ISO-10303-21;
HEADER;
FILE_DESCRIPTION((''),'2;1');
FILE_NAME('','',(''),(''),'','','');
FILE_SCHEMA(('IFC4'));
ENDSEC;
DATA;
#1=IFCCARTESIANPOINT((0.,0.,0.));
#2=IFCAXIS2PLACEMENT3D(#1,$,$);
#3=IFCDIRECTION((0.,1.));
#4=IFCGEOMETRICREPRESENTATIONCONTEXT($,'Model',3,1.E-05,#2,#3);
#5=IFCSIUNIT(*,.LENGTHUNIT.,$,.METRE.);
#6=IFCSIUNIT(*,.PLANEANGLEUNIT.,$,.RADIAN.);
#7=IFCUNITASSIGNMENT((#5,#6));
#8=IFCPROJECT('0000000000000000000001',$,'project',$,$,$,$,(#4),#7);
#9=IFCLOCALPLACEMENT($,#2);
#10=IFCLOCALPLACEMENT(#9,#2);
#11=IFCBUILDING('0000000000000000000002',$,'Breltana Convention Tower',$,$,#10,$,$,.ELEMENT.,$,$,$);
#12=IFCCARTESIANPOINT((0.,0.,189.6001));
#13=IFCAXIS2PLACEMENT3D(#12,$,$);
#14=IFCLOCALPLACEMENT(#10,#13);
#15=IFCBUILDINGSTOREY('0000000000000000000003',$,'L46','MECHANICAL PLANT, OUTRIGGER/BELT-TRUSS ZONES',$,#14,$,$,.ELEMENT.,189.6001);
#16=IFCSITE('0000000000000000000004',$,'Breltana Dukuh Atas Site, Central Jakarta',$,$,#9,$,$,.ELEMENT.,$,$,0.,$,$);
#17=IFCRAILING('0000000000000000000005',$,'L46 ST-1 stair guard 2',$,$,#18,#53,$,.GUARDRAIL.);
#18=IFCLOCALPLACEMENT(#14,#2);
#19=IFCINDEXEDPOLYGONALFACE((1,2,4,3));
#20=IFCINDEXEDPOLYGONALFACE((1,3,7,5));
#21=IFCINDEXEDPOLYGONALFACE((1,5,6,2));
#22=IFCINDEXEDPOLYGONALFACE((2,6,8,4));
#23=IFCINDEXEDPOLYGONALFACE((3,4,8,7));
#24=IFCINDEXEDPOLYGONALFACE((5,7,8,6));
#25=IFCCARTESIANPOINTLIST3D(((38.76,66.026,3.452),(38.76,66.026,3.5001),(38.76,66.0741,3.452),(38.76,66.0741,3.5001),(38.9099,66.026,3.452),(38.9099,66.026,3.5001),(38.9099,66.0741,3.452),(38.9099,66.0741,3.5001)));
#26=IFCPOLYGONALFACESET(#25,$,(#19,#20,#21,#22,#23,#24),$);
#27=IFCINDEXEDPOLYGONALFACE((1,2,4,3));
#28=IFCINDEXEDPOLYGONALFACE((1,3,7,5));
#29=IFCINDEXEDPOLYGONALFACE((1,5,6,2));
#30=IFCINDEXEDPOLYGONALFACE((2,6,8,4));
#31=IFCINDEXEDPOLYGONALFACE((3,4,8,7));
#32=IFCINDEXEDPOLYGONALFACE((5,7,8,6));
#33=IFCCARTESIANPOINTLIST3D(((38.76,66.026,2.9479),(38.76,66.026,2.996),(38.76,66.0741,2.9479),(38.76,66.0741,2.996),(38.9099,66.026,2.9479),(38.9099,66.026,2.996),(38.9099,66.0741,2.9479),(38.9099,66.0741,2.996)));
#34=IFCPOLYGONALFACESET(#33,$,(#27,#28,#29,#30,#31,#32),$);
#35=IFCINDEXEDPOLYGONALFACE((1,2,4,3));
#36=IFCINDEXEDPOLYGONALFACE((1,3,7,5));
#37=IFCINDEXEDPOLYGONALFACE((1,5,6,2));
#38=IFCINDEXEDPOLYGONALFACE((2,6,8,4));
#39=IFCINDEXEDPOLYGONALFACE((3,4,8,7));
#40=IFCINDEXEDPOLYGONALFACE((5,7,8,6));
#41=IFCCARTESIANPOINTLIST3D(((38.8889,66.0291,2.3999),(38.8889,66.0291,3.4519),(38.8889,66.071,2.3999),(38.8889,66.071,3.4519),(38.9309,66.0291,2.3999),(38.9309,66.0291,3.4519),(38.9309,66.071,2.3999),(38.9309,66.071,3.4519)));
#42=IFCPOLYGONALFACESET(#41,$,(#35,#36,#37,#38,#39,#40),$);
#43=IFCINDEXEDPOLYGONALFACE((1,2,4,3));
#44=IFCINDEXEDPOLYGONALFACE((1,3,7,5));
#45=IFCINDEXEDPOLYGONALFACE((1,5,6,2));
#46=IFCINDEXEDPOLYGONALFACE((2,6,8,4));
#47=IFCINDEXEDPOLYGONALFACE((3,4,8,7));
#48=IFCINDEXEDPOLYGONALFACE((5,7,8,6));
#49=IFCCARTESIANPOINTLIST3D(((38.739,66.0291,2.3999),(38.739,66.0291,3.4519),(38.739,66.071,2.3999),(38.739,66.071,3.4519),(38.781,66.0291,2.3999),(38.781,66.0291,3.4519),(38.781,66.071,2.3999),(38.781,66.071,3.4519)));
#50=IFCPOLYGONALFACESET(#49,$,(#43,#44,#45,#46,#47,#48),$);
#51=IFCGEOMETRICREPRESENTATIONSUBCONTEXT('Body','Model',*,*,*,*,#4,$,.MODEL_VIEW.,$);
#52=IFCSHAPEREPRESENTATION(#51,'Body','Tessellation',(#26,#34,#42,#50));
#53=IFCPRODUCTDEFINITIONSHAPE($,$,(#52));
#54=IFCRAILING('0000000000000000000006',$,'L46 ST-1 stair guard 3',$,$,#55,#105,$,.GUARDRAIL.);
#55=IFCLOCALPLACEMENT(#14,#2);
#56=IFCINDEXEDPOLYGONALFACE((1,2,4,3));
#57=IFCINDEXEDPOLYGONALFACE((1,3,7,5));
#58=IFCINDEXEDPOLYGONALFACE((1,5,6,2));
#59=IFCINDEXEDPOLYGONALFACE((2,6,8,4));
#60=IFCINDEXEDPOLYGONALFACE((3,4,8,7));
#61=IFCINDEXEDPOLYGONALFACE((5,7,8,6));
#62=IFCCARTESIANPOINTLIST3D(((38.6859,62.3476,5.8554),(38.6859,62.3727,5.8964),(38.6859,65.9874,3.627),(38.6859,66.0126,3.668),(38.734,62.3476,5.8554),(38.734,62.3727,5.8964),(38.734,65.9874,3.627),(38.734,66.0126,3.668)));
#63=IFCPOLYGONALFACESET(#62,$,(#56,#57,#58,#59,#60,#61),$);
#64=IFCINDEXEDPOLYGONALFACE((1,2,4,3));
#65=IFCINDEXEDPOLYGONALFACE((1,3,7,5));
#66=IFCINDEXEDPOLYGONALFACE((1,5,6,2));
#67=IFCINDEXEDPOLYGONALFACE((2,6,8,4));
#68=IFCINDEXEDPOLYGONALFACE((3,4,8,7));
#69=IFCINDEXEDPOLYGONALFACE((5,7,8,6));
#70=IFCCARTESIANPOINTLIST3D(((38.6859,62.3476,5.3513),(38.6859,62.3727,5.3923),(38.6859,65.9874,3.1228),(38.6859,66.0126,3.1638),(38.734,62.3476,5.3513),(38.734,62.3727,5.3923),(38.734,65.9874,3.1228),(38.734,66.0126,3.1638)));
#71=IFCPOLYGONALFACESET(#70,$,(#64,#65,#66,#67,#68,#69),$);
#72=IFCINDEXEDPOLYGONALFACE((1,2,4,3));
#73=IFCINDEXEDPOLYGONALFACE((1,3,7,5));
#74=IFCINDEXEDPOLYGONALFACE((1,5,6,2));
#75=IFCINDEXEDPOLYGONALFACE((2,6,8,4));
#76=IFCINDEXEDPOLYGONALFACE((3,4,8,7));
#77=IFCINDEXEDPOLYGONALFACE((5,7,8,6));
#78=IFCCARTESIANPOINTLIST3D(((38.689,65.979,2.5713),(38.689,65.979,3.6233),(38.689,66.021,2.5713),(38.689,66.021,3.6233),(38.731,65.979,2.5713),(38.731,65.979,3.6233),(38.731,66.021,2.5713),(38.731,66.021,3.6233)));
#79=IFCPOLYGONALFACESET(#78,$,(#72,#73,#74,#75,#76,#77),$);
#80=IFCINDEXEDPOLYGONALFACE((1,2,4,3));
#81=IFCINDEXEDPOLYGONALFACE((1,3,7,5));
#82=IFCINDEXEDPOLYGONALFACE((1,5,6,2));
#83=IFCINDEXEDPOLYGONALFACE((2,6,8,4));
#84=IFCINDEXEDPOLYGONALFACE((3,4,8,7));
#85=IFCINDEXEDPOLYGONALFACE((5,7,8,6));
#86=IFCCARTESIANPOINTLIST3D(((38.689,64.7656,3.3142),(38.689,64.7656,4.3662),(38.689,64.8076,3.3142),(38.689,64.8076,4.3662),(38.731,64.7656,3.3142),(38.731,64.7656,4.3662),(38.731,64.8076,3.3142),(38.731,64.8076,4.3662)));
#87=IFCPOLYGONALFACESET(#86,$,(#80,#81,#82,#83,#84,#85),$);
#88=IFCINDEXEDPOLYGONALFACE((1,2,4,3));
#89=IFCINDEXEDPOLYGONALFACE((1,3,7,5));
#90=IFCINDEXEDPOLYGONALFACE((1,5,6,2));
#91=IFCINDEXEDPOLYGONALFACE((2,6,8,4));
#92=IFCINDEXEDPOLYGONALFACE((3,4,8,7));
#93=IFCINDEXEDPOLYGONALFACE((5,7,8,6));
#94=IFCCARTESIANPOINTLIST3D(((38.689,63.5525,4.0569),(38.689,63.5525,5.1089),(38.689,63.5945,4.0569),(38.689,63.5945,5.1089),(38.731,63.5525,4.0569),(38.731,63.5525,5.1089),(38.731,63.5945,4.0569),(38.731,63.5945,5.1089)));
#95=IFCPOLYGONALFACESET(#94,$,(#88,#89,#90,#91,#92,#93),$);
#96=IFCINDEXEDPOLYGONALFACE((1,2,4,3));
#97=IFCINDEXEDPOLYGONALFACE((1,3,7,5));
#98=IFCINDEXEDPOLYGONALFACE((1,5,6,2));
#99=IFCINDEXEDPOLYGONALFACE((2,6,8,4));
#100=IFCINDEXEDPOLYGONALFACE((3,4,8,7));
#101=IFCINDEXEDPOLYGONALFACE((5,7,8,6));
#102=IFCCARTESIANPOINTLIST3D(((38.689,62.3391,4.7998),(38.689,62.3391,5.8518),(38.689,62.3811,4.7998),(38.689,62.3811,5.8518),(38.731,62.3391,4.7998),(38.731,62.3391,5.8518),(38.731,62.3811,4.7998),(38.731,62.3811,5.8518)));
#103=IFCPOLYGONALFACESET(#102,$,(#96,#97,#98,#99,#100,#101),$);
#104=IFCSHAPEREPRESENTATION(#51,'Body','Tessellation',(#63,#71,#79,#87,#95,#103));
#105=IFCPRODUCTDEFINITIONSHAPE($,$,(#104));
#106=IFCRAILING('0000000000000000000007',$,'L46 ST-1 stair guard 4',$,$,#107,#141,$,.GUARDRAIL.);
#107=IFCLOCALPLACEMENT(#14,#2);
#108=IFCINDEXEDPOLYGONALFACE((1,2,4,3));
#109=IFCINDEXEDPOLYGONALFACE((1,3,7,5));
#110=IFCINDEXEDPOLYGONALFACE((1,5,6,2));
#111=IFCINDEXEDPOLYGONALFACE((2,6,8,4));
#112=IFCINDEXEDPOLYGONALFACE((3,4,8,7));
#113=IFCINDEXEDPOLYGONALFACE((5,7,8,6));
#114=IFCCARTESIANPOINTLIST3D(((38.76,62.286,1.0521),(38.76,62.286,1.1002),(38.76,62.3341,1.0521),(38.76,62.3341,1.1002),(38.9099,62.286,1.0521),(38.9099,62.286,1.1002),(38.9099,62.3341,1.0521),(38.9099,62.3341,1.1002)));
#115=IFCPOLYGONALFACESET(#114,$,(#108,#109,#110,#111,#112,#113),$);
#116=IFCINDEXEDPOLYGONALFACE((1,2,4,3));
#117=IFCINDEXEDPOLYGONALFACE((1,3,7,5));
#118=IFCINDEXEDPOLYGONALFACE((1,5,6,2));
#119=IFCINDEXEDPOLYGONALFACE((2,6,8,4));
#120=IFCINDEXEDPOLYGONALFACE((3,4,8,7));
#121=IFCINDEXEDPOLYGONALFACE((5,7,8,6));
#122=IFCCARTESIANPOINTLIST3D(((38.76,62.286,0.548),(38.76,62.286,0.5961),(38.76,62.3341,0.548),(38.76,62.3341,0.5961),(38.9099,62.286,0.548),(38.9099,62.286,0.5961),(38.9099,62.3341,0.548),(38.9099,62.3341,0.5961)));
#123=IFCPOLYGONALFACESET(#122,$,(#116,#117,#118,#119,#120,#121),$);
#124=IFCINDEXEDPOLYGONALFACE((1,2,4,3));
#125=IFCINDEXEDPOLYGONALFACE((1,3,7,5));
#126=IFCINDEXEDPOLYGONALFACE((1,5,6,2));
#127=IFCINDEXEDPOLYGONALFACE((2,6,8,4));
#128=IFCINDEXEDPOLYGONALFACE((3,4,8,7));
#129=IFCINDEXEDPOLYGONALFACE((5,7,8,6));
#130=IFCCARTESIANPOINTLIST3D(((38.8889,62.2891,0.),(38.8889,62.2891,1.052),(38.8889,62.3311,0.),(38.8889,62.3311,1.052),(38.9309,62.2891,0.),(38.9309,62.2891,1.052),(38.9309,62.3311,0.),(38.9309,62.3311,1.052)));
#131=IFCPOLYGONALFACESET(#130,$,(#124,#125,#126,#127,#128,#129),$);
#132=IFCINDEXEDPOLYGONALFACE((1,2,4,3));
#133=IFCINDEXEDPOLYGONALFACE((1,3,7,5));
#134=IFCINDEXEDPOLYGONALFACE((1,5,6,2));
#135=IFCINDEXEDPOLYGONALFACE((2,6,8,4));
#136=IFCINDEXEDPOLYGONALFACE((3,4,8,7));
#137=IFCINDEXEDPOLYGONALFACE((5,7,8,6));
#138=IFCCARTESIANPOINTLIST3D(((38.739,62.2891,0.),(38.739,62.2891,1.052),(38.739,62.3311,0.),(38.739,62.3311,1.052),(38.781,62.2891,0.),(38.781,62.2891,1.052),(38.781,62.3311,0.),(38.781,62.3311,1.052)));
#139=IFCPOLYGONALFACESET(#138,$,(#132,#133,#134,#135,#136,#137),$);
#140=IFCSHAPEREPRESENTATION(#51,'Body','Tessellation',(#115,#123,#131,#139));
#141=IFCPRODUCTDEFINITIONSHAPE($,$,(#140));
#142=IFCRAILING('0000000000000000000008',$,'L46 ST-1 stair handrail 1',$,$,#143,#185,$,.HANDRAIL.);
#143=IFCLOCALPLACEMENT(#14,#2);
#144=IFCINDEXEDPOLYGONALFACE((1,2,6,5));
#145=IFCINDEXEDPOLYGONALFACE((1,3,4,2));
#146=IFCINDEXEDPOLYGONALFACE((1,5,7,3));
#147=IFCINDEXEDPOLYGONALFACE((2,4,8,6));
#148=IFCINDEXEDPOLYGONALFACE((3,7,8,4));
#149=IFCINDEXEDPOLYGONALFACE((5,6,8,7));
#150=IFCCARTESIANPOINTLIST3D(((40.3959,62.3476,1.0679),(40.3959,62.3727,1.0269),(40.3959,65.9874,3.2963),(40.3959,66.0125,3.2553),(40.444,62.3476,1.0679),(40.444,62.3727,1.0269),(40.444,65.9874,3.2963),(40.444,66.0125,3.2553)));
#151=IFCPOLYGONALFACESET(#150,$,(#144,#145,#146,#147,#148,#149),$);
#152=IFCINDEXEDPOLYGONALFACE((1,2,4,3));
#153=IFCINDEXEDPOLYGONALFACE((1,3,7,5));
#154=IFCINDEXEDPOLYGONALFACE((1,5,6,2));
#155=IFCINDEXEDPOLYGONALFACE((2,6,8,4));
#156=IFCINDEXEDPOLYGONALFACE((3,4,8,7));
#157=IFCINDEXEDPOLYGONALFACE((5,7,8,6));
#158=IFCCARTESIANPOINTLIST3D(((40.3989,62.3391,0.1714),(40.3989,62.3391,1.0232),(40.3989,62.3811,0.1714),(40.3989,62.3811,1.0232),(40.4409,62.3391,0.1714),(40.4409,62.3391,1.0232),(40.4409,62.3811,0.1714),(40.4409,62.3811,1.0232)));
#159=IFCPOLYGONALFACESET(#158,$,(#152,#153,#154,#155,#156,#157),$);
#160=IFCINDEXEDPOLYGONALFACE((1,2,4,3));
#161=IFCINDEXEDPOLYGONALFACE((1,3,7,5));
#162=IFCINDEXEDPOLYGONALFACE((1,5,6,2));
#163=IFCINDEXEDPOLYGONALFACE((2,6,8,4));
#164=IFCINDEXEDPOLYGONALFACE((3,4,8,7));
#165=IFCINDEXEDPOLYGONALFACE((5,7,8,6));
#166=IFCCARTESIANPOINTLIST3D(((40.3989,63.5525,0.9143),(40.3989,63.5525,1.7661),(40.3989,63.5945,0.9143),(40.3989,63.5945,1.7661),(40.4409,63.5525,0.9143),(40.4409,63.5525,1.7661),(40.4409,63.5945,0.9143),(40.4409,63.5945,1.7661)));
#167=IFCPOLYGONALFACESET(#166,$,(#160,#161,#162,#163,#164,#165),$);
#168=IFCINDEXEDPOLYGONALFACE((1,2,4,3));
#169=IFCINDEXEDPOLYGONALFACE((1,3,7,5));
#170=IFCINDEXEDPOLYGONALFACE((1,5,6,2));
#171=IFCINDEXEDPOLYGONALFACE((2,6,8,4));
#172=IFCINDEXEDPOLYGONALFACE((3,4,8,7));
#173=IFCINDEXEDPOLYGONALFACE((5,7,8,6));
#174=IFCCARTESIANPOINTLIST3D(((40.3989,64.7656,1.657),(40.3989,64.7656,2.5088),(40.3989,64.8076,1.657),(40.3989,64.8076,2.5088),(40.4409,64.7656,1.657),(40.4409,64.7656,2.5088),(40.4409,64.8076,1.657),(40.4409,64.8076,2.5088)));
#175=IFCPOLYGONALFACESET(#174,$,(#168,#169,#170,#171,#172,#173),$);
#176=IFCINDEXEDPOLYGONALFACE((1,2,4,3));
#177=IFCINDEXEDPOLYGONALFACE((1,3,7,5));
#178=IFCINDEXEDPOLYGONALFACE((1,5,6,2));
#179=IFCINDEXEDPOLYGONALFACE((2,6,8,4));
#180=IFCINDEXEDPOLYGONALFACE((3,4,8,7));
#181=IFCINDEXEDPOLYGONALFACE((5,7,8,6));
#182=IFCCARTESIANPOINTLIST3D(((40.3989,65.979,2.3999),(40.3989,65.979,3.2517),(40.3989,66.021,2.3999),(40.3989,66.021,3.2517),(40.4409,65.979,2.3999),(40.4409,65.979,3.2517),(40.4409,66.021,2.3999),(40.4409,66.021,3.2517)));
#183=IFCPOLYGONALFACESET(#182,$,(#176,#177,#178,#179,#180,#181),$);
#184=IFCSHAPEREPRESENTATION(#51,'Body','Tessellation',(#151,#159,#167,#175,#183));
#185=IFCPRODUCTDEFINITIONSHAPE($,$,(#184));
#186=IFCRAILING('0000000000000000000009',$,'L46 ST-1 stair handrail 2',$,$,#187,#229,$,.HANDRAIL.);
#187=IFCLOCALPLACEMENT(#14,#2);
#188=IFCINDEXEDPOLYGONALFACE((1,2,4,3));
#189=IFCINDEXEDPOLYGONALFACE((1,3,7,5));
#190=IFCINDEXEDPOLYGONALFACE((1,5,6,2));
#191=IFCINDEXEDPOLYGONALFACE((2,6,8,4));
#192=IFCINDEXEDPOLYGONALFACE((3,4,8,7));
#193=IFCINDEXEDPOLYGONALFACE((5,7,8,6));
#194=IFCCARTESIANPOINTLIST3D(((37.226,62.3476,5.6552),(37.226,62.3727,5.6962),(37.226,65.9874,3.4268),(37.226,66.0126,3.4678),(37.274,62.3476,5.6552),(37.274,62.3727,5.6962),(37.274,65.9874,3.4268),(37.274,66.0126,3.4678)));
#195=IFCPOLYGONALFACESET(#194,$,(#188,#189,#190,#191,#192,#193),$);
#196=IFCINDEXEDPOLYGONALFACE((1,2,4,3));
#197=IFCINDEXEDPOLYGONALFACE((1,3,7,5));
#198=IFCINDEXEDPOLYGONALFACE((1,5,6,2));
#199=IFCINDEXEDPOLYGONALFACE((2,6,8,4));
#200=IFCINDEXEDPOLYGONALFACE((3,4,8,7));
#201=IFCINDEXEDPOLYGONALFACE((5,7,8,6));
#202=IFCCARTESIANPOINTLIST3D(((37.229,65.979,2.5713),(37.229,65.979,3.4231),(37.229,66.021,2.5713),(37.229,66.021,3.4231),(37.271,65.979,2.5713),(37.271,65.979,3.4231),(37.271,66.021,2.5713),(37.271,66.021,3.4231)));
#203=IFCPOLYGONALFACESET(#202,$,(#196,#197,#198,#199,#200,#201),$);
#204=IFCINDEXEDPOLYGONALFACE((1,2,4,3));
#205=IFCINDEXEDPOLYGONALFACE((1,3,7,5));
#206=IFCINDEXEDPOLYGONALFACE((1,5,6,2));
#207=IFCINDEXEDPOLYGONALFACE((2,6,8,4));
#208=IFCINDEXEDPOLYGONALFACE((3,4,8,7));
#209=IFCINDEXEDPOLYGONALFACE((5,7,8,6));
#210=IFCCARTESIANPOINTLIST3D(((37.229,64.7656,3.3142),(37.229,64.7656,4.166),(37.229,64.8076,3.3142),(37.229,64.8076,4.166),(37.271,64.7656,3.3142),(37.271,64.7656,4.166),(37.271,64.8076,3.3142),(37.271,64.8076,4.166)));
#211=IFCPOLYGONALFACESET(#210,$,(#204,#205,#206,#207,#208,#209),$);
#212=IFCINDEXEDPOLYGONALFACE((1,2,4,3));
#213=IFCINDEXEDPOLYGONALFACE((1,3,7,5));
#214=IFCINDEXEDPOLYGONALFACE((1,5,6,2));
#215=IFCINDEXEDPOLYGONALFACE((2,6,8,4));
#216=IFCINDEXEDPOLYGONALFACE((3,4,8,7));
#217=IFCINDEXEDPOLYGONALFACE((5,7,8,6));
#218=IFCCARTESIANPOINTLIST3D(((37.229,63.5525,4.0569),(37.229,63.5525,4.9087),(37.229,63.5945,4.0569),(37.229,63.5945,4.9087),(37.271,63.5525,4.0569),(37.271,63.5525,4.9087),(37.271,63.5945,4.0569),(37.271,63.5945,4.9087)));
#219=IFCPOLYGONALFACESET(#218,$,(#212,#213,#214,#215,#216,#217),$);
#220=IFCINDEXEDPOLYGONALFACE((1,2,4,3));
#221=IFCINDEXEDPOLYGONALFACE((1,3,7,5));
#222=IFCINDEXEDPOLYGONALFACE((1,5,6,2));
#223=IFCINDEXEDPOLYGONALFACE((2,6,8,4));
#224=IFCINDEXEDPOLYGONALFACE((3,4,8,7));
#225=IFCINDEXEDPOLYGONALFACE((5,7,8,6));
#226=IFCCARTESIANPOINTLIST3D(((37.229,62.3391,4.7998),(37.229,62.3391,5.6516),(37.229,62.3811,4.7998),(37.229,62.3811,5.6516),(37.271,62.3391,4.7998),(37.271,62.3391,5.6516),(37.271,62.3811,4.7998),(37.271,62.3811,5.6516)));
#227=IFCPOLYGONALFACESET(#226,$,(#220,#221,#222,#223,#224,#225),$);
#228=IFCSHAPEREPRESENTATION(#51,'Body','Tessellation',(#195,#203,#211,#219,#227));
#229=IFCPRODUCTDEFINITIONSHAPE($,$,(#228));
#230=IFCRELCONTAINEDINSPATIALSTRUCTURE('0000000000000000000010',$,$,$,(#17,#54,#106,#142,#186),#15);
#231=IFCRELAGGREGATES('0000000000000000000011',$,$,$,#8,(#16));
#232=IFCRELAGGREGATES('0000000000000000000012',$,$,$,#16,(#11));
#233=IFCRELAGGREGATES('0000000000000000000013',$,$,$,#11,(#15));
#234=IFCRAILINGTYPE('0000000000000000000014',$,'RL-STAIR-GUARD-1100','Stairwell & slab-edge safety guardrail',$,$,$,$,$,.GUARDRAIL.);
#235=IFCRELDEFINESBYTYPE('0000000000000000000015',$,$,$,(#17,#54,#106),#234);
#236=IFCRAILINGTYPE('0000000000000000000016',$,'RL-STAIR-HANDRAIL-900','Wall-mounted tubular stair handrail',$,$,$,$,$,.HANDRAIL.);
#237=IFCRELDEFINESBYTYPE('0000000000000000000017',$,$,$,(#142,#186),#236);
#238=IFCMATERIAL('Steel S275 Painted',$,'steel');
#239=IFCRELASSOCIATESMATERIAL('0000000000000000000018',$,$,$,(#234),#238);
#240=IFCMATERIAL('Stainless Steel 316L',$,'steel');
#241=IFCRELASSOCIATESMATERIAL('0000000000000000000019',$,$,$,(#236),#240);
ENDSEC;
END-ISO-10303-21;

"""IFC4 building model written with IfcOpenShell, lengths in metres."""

from ifc_helpers import new_model, si_unit, direction, frame, origin, origin_2d, place, context, subcontext, project, spatial, rectangle, extrude, material, type_object, element, save


model = new_model("IFC4")

# Units and contexts
model_context = context("Model", 3, precision=1e-05, world=origin(), true_north=direction((0.0, 1.0)))
body_context = subcontext(model_context, "Body", "Model", "MODEL_VIEW")
ifc_project = project(units=[si_unit("LENGTHUNIT", "METRE"), si_unit("PLANEANGLEUNIT", "RADIAN")], contexts=[model_context])

# Site, building, storey
site_placement = place(None, origin())
site = spatial("IfcSite", under=ifc_project, at=site_placement, Name="Breltana Dukuh Atas Site, Central Jakarta", CompositionType="ELEMENT", RefElevation=0.0)
building_placement = place(site_placement, origin())
building = spatial("IfcBuilding", under=site, at=building_placement, Name="Breltana Convention Tower", CompositionType="ELEMENT")
storey_placement = place(building_placement, frame((0.0, 0.0, 189.6001)))
storey = spatial("IfcBuildingStorey", under=building, at=storey_placement, Name="L46", Description="MECHANICAL PLANT, OUTRIGGER/BELT-TRUSS ZONES", CompositionType="ELEMENT", Elevation=189.6001)

# Railings
ifc_material_1 = material(Name="Steel S275 Painted", Category="steel")
railing_type_1 = type_object("IfcRailingType", Name="RL-STAIR-GUARD-1100", Description="Stairwell & slab-edge safety guardrail", PredefinedType="GUARDRAIL", material=ifc_material_1)
railing_1_placement = place(storey_placement, frame((38.9099, 66.05, 2.3999)))
element("IfcRailing", 1, at=railing_1_placement, inside=storey, type_object=railing_type_1, Name="L46 ST-1 stair guard 2", PredefinedType="GUARDRAIL", context=body_context, shape_type="SweptSolid", body=[
    extrude(rectangle(XDim=0.0481, YDim=0.0481, at=origin_2d()), frame((0.0, 0.0, 1.0762), z_axis=(-1.0, 0.0, 0.0), x_axis=(0.0, -1.0, 0.0)), (0.0, 0.0, 1.0), 0.1499),
    extrude(rectangle(XDim=0.0481, YDim=0.0481, at=origin_2d()), frame((0.0, 0.0, 0.572), z_axis=(-1.0, 0.0, 0.0), x_axis=(0.0, -1.0, 0.0)), (0.0, 0.0, 1.0), 0.1499),
    extrude(rectangle(XDim=0.042, YDim=0.042, at=origin_2d()), origin(), (0.0, 0.0, 1.0), 1.052),
    extrude(rectangle(XDim=0.042, YDim=0.042, at=origin_2d()), frame((-0.1499, 0.0, 0.0)), (0.0, 0.0, 1.0), 1.052),
])
railing_2_placement = place(storey_placement, frame((38.71, 66.0, 2.5713)))
element("IfcRailing", 2, at=railing_2_placement, inside=storey, type_object=railing_type_1, Name="L46 ST-1 stair guard 3", PredefinedType="GUARDRAIL", context=body_context, shape_type="SweptSolid", body=[
    extrude(rectangle(XDim=0.0481, YDim=0.0481, at=origin_2d()), frame((0.0, 0.0, 1.0762), z_axis=(0.0, -0.85285, 0.522156), x_axis=(1.0, 0.0, 0.0)), (0.0, 0.0, 1.0), 4.2678),
    extrude(rectangle(XDim=0.0481, YDim=0.0481, at=origin_2d()), frame((0.0, 0.0, 0.572), z_axis=(0.0, -0.85285, 0.522156), x_axis=(1.0, 0.0, 0.0)), (0.0, 0.0, 1.0), 4.2678),
    extrude(rectangle(XDim=0.042, YDim=0.042, at=origin_2d()), origin(), (0.0, 0.0, 1.0), 1.052),
    extrude(rectangle(XDim=0.042, YDim=0.042, at=origin_2d()), frame((0.0, -1.2134, 0.7429)), (0.0, 0.0, 1.0), 1.052),
    extrude(rectangle(XDim=0.042, YDim=0.042, at=origin_2d()), frame((0.0, -2.4265, 1.4856)), (0.0, 0.0, 1.0), 1.052),
    extrude(rectangle(XDim=0.042, YDim=0.042, at=origin_2d()), frame((0.0, -3.6399, 2.2285)), (0.0, 0.0, 1.0), 1.052),
])
railing_3_placement = place(storey_placement, frame((38.9099, 62.3101, 0.0)))
element("IfcRailing", 3, at=railing_3_placement, inside=storey, type_object=railing_type_1, Name="L46 ST-1 stair guard 4", PredefinedType="GUARDRAIL", context=body_context, shape_type="SweptSolid", body=[
    extrude(rectangle(XDim=0.0481, YDim=0.0481, at=origin_2d()), frame((0.0, 0.0, 1.0762), z_axis=(-1.0, 0.0, 0.0), x_axis=(0.0, -1.0, 0.0)), (0.0, 0.0, 1.0), 0.1499),
    extrude(rectangle(XDim=0.0481, YDim=0.0481, at=origin_2d()), frame((0.0, 0.0, 0.572), z_axis=(-1.0, 0.0, 0.0), x_axis=(0.0, -1.0, 0.0)), (0.0, 0.0, 1.0), 0.1499),
    extrude(rectangle(XDim=0.042, YDim=0.042, at=origin_2d()), origin(), (0.0, 0.0, 1.0), 1.052),
    extrude(rectangle(XDim=0.042, YDim=0.042, at=origin_2d()), frame((-0.1499, 0.0, 0.0)), (0.0, 0.0, 1.0), 1.052),
])
ifc_material_2 = material(Name="Stainless Steel 316L", Category="steel")
railing_type_2 = type_object("IfcRailingType", Name="RL-STAIR-HANDRAIL-900", Description="Wall-mounted tubular stair handrail", PredefinedType="HANDRAIL", material=ifc_material_2)
railing_4_placement = place(storey_placement, frame((40.4199, 62.3601, 0.1714)))
element("IfcRailing", 4, at=railing_4_placement, inside=storey, type_object=railing_type_2, Name="L46 ST-1 stair handrail 1", PredefinedType="HANDRAIL", context=body_context, shape_type="SweptSolid", body=[
    extrude(rectangle(XDim=0.0481, YDim=0.0481, at=origin_2d()), frame((0.0, 0.0, 0.876), z_axis=(0.0, 0.85285, 0.522156), x_axis=(-1.0, 0.0, 0.0)), (0.0, 0.0, 1.0), 4.2678),
    extrude(rectangle(XDim=0.042, YDim=0.042, at=origin_2d()), origin(), (0.0, 0.0, 1.0), 0.8518),
    extrude(rectangle(XDim=0.042, YDim=0.042, at=origin_2d()), frame((0.0, 1.2134, 0.7429)), (0.0, 0.0, 1.0), 0.8518),
    extrude(rectangle(XDim=0.042, YDim=0.042, at=origin_2d()), frame((0.0, 2.4265, 1.4856)), (0.0, 0.0, 1.0), 0.8518),
    extrude(rectangle(XDim=0.042, YDim=0.042, at=origin_2d()), frame((0.0, 3.6399, 2.2285)), (0.0, 0.0, 1.0), 0.8518),
])
railing_5_placement = place(storey_placement, frame((37.25, 66.0, 2.5713)))
element("IfcRailing", 5, at=railing_5_placement, inside=storey, type_object=railing_type_2, Name="L46 ST-1 stair handrail 2", PredefinedType="HANDRAIL", context=body_context, shape_type="SweptSolid", body=[
    extrude(rectangle(XDim=0.0481, YDim=0.0481, at=origin_2d()), frame((0.0, 0.0, 0.876), z_axis=(0.0, -0.85285, 0.522156), x_axis=(1.0, 0.0, 0.0)), (0.0, 0.0, 1.0), 4.2678),
    extrude(rectangle(XDim=0.042, YDim=0.042, at=origin_2d()), origin(), (0.0, 0.0, 1.0), 0.8518),
    extrude(rectangle(XDim=0.042, YDim=0.042, at=origin_2d()), frame((0.0, -1.2134, 0.7429)), (0.0, 0.0, 1.0), 0.8518),
    extrude(rectangle(XDim=0.042, YDim=0.042, at=origin_2d()), frame((0.0, -2.4265, 1.4856)), (0.0, 0.0, 1.0), 0.8518),
    extrude(rectangle(XDim=0.042, YDim=0.042, at=origin_2d()), frame((0.0, -3.6399, 2.2285)), (0.0, 0.0, 1.0), 0.8518),
])

save(model, "model.ifc")
